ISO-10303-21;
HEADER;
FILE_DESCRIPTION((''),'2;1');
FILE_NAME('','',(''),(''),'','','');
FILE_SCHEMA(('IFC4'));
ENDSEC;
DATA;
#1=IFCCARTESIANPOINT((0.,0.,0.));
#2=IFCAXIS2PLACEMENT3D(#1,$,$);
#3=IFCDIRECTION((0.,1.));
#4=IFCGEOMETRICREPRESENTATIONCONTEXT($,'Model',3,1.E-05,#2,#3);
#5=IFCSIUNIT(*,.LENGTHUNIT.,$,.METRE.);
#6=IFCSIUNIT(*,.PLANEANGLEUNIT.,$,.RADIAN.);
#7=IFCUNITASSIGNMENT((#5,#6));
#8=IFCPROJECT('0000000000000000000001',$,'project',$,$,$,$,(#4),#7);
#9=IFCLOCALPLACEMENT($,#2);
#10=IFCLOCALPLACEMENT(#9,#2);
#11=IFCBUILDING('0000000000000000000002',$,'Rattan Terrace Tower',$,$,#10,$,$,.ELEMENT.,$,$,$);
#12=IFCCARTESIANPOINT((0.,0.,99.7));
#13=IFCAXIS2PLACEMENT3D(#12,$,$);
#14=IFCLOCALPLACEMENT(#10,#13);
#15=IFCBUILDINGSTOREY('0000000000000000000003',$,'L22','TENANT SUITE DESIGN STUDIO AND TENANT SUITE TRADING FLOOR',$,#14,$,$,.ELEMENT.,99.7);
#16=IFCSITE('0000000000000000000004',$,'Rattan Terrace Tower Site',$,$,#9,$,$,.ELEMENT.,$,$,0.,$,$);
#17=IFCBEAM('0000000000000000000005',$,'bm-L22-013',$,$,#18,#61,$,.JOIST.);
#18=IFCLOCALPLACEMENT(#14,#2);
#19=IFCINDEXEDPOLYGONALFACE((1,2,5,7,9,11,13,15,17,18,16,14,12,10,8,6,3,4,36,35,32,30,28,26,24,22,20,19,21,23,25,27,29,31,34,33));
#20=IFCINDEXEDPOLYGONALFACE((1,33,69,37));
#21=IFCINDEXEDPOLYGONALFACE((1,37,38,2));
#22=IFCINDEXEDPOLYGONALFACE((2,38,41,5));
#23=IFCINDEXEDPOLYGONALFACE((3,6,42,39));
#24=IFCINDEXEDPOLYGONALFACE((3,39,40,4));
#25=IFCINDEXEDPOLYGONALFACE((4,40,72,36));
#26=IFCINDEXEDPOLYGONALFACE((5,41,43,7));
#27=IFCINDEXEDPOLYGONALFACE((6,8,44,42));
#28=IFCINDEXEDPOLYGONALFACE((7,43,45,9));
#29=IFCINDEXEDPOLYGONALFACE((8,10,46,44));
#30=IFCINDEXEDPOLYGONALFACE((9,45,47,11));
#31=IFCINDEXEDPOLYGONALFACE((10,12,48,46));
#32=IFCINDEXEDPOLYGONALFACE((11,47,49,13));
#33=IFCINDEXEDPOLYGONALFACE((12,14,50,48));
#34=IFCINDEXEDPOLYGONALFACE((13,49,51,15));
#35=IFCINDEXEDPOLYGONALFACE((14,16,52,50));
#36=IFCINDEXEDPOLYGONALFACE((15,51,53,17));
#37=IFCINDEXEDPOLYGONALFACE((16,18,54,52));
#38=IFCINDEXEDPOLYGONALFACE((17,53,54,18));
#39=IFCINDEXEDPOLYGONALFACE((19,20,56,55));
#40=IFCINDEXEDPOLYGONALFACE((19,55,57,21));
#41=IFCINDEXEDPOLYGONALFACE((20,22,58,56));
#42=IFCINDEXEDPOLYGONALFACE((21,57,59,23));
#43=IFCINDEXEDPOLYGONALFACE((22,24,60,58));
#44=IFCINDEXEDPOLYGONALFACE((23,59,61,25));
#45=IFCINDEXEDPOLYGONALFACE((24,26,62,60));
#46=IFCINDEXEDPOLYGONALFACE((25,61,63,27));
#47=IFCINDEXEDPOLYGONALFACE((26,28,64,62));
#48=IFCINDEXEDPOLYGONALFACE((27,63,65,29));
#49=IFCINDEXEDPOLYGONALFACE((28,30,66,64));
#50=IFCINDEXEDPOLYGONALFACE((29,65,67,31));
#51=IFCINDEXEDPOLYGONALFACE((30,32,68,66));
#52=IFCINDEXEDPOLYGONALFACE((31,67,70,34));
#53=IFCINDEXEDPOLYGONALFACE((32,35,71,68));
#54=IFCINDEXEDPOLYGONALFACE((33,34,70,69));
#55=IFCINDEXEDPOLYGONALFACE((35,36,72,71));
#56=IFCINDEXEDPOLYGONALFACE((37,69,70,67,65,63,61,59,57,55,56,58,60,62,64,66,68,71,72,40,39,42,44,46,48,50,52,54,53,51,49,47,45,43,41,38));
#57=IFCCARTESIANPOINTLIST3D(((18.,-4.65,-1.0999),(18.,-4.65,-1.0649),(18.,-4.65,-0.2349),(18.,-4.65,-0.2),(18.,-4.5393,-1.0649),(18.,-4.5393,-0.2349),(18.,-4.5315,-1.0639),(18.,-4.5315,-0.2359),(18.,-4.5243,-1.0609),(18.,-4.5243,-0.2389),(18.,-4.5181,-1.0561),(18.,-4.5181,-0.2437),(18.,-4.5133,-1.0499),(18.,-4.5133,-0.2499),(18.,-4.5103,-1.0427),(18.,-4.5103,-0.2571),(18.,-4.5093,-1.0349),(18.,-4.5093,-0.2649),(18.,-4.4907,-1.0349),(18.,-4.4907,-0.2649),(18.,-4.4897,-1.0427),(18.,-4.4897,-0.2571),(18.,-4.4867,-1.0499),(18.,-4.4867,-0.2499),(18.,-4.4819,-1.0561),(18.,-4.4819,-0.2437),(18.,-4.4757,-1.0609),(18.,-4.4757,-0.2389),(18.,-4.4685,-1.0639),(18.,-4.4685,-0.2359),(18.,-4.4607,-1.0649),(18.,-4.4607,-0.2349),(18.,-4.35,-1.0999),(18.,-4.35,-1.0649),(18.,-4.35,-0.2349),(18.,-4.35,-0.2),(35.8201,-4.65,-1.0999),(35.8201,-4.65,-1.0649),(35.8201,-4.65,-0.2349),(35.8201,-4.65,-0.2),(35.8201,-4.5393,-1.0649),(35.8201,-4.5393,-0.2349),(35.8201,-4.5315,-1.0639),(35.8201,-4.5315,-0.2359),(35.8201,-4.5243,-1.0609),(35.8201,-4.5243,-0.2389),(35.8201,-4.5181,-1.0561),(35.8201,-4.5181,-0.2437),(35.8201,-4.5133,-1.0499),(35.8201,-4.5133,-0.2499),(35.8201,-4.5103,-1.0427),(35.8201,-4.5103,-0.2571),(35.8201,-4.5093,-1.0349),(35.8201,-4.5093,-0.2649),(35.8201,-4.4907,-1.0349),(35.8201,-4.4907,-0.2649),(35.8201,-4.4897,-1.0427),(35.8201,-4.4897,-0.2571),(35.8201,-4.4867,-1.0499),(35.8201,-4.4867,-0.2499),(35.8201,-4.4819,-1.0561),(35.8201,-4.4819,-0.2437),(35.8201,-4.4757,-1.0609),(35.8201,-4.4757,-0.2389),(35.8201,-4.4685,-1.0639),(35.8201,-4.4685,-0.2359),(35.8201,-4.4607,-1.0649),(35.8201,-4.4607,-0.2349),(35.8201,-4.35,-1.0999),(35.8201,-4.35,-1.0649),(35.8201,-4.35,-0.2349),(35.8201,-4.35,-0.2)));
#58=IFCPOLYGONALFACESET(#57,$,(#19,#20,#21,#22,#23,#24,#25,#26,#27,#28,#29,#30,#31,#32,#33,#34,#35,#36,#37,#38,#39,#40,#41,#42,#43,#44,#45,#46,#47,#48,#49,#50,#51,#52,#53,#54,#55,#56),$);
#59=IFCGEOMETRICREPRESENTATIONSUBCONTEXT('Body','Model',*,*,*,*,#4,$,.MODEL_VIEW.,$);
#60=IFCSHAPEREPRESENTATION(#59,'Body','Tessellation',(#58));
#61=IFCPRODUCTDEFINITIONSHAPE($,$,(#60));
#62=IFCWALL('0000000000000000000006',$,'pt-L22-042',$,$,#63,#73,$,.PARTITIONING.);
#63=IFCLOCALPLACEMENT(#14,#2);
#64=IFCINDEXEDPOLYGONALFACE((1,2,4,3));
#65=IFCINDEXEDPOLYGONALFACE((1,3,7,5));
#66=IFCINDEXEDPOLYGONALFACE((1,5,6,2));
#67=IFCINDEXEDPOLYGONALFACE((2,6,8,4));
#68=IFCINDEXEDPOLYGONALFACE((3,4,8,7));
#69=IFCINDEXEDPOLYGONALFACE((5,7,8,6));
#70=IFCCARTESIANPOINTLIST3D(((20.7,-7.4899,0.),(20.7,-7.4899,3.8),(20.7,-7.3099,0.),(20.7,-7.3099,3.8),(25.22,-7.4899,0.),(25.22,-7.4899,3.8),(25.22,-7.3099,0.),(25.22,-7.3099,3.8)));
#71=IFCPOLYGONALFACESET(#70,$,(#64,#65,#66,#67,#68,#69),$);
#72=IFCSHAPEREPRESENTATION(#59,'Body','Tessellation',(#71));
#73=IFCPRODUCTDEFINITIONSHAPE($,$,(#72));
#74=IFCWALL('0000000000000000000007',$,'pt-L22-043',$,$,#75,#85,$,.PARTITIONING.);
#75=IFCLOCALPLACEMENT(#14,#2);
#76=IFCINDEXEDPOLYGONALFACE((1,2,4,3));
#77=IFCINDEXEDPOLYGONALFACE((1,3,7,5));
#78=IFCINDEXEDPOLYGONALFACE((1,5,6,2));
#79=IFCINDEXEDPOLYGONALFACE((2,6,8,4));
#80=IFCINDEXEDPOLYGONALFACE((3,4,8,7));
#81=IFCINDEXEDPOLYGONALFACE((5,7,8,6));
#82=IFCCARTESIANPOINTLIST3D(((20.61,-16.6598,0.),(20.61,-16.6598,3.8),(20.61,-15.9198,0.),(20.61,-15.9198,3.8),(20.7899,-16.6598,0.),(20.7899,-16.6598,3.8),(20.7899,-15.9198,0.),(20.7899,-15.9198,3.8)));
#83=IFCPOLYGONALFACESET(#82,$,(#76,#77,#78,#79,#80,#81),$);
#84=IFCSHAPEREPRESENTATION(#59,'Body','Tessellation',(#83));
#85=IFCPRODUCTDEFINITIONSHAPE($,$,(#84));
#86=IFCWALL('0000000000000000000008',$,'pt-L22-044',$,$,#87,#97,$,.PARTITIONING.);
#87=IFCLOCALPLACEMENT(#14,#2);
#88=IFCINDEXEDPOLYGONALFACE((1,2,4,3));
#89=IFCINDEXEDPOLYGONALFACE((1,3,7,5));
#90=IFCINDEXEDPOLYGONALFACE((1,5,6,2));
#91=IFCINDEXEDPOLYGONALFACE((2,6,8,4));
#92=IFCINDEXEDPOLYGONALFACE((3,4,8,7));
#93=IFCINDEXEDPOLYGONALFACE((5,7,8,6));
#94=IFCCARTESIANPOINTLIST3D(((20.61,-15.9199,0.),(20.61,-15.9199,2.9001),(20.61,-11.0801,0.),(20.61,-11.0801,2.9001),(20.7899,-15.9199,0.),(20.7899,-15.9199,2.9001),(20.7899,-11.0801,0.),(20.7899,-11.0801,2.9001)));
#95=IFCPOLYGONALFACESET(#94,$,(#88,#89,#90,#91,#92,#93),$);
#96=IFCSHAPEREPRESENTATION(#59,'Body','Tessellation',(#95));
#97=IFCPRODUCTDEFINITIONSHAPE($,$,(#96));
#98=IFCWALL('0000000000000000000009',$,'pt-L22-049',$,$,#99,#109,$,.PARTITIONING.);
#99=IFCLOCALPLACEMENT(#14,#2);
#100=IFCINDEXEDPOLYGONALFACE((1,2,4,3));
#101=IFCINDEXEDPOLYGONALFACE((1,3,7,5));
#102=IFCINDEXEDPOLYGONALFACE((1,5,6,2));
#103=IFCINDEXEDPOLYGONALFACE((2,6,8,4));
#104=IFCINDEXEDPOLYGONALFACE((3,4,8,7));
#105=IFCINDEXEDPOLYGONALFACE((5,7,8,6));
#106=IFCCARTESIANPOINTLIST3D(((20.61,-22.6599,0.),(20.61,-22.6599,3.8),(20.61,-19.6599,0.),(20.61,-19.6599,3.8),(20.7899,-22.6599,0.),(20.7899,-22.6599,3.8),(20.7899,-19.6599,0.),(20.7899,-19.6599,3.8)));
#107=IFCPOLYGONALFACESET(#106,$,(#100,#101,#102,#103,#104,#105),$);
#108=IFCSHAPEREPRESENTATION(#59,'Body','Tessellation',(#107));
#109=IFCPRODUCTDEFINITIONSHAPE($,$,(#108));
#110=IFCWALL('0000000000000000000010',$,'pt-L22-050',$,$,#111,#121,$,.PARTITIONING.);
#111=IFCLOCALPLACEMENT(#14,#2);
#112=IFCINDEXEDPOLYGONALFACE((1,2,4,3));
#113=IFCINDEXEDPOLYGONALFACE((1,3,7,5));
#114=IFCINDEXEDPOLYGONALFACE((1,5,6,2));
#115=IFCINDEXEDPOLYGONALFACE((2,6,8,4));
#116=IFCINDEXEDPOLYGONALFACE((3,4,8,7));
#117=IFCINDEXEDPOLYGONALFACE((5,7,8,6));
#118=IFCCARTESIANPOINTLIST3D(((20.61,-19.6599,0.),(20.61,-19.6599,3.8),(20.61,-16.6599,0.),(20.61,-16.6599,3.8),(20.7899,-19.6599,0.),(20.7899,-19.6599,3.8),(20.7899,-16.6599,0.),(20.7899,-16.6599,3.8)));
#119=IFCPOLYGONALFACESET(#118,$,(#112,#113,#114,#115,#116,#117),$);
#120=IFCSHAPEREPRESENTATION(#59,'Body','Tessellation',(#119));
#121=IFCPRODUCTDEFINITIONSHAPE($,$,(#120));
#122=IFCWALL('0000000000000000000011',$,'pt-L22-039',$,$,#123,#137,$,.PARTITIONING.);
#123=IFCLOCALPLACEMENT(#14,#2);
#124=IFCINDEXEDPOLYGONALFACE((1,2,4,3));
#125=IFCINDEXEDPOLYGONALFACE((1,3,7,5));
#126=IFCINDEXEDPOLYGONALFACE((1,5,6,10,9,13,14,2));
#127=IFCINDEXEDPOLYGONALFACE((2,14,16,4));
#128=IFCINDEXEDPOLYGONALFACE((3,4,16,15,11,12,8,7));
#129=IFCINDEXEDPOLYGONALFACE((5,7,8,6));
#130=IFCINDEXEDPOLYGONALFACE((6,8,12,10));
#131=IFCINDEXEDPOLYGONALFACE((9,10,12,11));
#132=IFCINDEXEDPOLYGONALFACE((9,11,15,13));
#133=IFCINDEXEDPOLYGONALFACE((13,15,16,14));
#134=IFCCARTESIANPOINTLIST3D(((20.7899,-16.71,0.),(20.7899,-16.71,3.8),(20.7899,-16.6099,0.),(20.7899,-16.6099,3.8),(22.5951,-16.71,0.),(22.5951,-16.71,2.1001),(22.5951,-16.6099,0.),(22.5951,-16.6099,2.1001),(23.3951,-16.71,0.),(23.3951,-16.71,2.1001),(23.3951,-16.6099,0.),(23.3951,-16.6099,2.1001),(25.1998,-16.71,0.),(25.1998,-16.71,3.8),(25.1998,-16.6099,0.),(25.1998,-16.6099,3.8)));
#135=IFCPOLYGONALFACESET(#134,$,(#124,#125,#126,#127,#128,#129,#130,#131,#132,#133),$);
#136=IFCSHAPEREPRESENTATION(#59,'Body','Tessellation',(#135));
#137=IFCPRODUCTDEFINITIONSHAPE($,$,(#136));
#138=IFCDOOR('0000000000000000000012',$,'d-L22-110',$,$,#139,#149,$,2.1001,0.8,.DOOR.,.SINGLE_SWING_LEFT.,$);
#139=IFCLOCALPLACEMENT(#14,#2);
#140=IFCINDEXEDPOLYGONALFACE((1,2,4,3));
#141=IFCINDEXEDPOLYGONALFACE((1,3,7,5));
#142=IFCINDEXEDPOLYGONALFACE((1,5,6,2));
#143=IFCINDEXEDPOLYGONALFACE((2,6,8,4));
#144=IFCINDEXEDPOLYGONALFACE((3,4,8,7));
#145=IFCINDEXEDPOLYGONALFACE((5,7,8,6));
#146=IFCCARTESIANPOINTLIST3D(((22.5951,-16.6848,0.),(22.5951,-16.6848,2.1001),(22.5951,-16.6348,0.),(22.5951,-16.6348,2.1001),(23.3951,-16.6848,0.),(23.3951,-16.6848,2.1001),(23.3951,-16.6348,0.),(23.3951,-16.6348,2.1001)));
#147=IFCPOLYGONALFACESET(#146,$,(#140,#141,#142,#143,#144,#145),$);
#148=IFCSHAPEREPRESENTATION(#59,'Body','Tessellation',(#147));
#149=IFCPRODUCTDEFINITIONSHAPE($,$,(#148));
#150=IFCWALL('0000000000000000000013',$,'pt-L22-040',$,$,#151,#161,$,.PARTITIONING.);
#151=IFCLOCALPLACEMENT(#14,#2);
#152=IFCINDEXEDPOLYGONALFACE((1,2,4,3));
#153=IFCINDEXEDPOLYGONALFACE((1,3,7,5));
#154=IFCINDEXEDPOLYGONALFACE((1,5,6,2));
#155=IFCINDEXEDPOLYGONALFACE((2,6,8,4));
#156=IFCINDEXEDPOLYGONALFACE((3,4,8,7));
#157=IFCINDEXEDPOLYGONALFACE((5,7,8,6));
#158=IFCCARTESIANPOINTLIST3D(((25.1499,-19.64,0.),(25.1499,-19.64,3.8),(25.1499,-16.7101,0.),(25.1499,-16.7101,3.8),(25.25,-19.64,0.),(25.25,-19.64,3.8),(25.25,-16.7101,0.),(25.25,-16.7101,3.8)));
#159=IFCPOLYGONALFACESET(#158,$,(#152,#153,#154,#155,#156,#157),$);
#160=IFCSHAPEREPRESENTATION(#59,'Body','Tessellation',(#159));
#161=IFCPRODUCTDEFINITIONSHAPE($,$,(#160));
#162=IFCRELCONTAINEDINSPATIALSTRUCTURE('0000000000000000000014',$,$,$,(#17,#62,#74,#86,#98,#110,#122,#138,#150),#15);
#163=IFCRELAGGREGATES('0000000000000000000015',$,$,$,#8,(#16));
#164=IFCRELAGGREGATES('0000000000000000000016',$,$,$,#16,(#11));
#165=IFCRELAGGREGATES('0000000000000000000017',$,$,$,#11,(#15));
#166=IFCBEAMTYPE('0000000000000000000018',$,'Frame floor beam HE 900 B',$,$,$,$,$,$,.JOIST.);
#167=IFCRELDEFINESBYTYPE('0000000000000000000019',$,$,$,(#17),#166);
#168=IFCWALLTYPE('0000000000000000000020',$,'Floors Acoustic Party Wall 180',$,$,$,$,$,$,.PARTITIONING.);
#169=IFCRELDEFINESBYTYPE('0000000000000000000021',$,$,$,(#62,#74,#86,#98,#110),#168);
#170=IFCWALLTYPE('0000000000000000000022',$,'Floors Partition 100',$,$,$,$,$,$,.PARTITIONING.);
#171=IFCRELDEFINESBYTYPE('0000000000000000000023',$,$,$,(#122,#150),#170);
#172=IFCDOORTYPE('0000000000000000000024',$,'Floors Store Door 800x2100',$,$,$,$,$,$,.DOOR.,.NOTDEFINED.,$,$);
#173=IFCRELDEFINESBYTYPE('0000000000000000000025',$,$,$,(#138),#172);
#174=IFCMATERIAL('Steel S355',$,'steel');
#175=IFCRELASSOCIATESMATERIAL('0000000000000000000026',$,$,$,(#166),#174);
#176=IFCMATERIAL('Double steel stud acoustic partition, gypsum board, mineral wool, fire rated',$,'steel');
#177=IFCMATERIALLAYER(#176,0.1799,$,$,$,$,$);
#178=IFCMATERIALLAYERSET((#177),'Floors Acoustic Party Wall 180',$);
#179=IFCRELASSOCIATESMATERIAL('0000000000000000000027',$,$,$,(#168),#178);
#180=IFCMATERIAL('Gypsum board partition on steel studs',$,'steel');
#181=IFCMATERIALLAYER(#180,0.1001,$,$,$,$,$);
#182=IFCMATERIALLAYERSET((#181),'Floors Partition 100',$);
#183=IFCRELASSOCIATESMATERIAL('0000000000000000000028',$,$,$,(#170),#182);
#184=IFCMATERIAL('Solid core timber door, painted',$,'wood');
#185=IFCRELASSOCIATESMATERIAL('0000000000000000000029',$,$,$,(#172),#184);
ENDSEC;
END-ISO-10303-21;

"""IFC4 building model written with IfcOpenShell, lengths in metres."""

from ifc_helpers import new_model, si_unit, direction, frame, frame_2d, origin, origin_2d, place, context, subcontext, project, spatial, rectangle, i_section, extrude, material, layer, layer_set, material_profile, profile_set, type_object, element, fill, save


model = new_model("IFC4")

# Units and contexts
model_context = context("Model", 3, precision=1e-05, world=origin(), true_north=direction((0.0, 1.0)))
body_context = subcontext(model_context, "Body", "Model", "MODEL_VIEW")
ifc_project = project(units=[si_unit("LENGTHUNIT", "METRE"), si_unit("PLANEANGLEUNIT", "RADIAN")], contexts=[model_context])

# Site, building, storey
site_placement = place(None, origin())
site = spatial("IfcSite", under=ifc_project, at=site_placement, Name="Rattan Terrace Tower Site", CompositionType="ELEMENT", RefElevation=0.0)
building_placement = place(site_placement, origin())
building = spatial("IfcBuilding", under=site, at=building_placement, Name="Rattan Terrace Tower", CompositionType="ELEMENT")
storey_placement = place(building_placement, frame((0.0, 0.0, 99.7)))
storey = spatial("IfcBuildingStorey", under=building, at=storey_placement, Name="L22", Description="TENANT SUITE DESIGN STUDIO AND TENANT SUITE TRADING FLOOR", CompositionType="ELEMENT", Elevation=99.7)

# Beam
ifc_material_1 = material(Name="Steel S355", Category="steel")
ifc_material_profile = material_profile(ifc_material_1, i_section(OverallWidth=0.3, OverallDepth=0.8999, WebThickness=0.0186, FlangeThickness=0.0349, FilletRadius=0.03, at=origin_2d()), Name="HE 900 B")
ifc_profile_set = profile_set([ifc_material_profile], Name="Steel S355")
beam_type = type_object("IfcBeamType", Name="Frame floor beam HE 900 B", PredefinedType="JOIST", material=ifc_profile_set)
beam_placement = place(storey_placement, frame((18.0, -4.5, -0.6499), z_axis=(1.0, 0.0, 0.0), x_axis=(0.0, 1.0, 0.0)))
element("IfcBeam", 1, at=beam_placement, inside=storey, type_object=beam_type, Name="bm-L22-013", PredefinedType="JOIST", context=body_context, shape_type="SweptSolid", body=[
    extrude(i_section(OverallWidth=0.3, OverallDepth=0.8999, WebThickness=0.0186, FlangeThickness=0.0349, FilletRadius=0.03, at=origin_2d()), origin(), (0.0, 0.0, 1.0), 17.8201),
])

# Walls
ifc_material_2 = material(Name="Double steel stud acoustic partition, gypsum board, mineral wool, fire rated", Category="steel")
ifc_layer_1 = layer(ifc_material_2, 0.1799)
ifc_layer_set_1 = layer_set([ifc_layer_1], Name="Floors Acoustic Party Wall 180")
wall_type_1 = type_object("IfcWallType", Name="Floors Acoustic Party Wall 180", PredefinedType="PARTITIONING", material=ifc_layer_set_1)
wall_1_placement = place(storey_placement, frame((20.7, -7.3999, 0.0), z_axis=(0.0, 0.0, 1.0), x_axis=(1.0, 0.0, 0.0)))
element("IfcWall", 2, at=wall_1_placement, inside=storey, type_object=wall_type_1, Name="pt-L22-042", PredefinedType="PARTITIONING", context=body_context, shape_type="SweptSolid", body=[
    extrude(rectangle(XDim=4.52, YDim=0.1799, at=frame_2d((2.26, 0.0))), origin(), (0.0, 0.0, 1.0), 3.8),
])
wall_2_placement = place(storey_placement, frame((20.7, -16.6599, 0.0), z_axis=(0.0, 0.0, 1.0), x_axis=(0.0, 1.0, 0.0)))
element("IfcWall", 3, at=wall_2_placement, inside=storey, type_object=wall_type_1, Name="pt-L22-043", PredefinedType="PARTITIONING", context=body_context, shape_type="SweptSolid", body=[
    extrude(rectangle(XDim=0.74, YDim=0.1799, at=frame_2d((0.3701, 0.0))), origin(), (0.0, 0.0, 1.0), 3.8),
])
wall_3_placement = place(storey_placement, frame((20.7, -15.9199, 0.0), z_axis=(0.0, 0.0, 1.0), x_axis=(0.0, 1.0, 0.0)))
element("IfcWall", 4, at=wall_3_placement, inside=storey, type_object=wall_type_1, Name="pt-L22-044", PredefinedType="PARTITIONING", context=body_context, shape_type="SweptSolid", body=[
    extrude(rectangle(XDim=4.8398, YDim=0.1799, at=frame_2d((2.4199, 0.0))), origin(), (0.0, 0.0, 1.0), 2.9001),
])
for number, where, z_axis, x_axis, name in (
    (5, (20.7, -22.6599, 0.0), (0.0, 0.0, 1.0), (0.0, 1.0, 0.0), "pt-L22-049"),
    (6, (20.7, -19.6599, 0.0), (0.0, 0.0, 1.0), (0.0, 1.0, 0.0), "pt-L22-050"),
):
    element("IfcWall", number, at=place(storey_placement, frame(where, z_axis=z_axis, x_axis=x_axis)), inside=storey, type_object=wall_type_1, Name=name, PredefinedType="PARTITIONING", context=body_context, shape_type="SweptSolid", body=[
        extrude(rectangle(XDim=3.0, YDim=0.1799, at=frame_2d((1.5, 0.0))), origin(), (0.0, 0.0, 1.0), 3.8),
    ])

# Wall, opening, door
ifc_material_3 = material(Name="Gypsum board partition on steel studs", Category="steel")
ifc_layer_2 = layer(ifc_material_3, 0.1001)
ifc_layer_set_2 = layer_set([ifc_layer_2], Name="Floors Partition 100")
wall_type_2 = type_object("IfcWallType", Name="Floors Partition 100", PredefinedType="PARTITIONING", material=ifc_layer_set_2)
wall_4_placement = place(storey_placement, frame((25.2, -16.6599, 0.0), z_axis=(0.0, 0.0, 1.0), x_axis=(-1.0, 0.0, 0.0)))
wall_4 = element("IfcWall", 7, at=wall_4_placement, inside=storey, type_object=wall_type_2, Name="pt-L22-039", PredefinedType="PARTITIONING", context=body_context, shape_type="SweptSolid", body=[
    extrude(rectangle(XDim=4.4099, YDim=0.1001, at=frame_2d((2.2051, 0.0))), origin(), (0.0, 0.0, 1.0), 3.8),
])
opening_1_placement = place(wall_4_placement, frame((1.8049, 0.0, 0.0)))
opening_1 = element("IfcOpeningElement", 8, at=opening_1_placement, cuts=wall_4, PredefinedType="OPENING", context=body_context, shape_type="SweptSolid", body=[
    extrude(rectangle(XDim=0.8, YDim=2.1001, at=frame_2d((0.3999, 1.05))), frame((0.0, 0.0605, 0.0), z_axis=(0.0, -1.0, 0.0), x_axis=(1.0, 0.0, 0.0)), (0.0, 0.0, 1.0), 0.1211),
])
ifc_material_4 = material(Name="Solid core timber door, painted", Category="wood")
door_type_1 = type_object("IfcDoorType", Name="Floors Store Door 800x2100", OperationType="NOTDEFINED", PredefinedType="DOOR", material=ifc_material_4)
door_1_placement = place(opening_1_placement, origin())
door_1 = element("IfcDoor", 9, at=door_1_placement, inside=storey, type_object=door_type_1, Name="d-L22-110", OperationType="SINGLE_SWING_LEFT", OverallHeight=2.1001, OverallWidth=0.8, PredefinedType="DOOR", context=body_context, shape_type="SweptSolid", body=[
    extrude(rectangle(XDim=0.8, YDim=2.1001, at=frame_2d((0.3999, 1.05))), frame((0.0, 0.0249, 0.0), z_axis=(0.0, -1.0, 0.0), x_axis=(1.0, 0.0, 0.0)), (0.0, 0.0, 1.0), 0.05),
])
fill(opening_1, door_1)

# Wall
wall_5_placement = place(storey_placement, frame((25.2, -19.6399, 0.0), z_axis=(0.0, 0.0, 1.0), x_axis=(0.0, 1.0, 0.0)))
element("IfcWall", 10, at=wall_5_placement, inside=storey, type_object=wall_type_2, Name="pt-L22-040", PredefinedType="PARTITIONING", context=body_context, shape_type="SweptSolid", body=[
    extrude(rectangle(XDim=2.9299, YDim=0.1001, at=frame_2d((1.4648, 0.0))), origin(), (0.0, 0.0, 1.0), 3.8),
])

save(model, "model.ifc")
